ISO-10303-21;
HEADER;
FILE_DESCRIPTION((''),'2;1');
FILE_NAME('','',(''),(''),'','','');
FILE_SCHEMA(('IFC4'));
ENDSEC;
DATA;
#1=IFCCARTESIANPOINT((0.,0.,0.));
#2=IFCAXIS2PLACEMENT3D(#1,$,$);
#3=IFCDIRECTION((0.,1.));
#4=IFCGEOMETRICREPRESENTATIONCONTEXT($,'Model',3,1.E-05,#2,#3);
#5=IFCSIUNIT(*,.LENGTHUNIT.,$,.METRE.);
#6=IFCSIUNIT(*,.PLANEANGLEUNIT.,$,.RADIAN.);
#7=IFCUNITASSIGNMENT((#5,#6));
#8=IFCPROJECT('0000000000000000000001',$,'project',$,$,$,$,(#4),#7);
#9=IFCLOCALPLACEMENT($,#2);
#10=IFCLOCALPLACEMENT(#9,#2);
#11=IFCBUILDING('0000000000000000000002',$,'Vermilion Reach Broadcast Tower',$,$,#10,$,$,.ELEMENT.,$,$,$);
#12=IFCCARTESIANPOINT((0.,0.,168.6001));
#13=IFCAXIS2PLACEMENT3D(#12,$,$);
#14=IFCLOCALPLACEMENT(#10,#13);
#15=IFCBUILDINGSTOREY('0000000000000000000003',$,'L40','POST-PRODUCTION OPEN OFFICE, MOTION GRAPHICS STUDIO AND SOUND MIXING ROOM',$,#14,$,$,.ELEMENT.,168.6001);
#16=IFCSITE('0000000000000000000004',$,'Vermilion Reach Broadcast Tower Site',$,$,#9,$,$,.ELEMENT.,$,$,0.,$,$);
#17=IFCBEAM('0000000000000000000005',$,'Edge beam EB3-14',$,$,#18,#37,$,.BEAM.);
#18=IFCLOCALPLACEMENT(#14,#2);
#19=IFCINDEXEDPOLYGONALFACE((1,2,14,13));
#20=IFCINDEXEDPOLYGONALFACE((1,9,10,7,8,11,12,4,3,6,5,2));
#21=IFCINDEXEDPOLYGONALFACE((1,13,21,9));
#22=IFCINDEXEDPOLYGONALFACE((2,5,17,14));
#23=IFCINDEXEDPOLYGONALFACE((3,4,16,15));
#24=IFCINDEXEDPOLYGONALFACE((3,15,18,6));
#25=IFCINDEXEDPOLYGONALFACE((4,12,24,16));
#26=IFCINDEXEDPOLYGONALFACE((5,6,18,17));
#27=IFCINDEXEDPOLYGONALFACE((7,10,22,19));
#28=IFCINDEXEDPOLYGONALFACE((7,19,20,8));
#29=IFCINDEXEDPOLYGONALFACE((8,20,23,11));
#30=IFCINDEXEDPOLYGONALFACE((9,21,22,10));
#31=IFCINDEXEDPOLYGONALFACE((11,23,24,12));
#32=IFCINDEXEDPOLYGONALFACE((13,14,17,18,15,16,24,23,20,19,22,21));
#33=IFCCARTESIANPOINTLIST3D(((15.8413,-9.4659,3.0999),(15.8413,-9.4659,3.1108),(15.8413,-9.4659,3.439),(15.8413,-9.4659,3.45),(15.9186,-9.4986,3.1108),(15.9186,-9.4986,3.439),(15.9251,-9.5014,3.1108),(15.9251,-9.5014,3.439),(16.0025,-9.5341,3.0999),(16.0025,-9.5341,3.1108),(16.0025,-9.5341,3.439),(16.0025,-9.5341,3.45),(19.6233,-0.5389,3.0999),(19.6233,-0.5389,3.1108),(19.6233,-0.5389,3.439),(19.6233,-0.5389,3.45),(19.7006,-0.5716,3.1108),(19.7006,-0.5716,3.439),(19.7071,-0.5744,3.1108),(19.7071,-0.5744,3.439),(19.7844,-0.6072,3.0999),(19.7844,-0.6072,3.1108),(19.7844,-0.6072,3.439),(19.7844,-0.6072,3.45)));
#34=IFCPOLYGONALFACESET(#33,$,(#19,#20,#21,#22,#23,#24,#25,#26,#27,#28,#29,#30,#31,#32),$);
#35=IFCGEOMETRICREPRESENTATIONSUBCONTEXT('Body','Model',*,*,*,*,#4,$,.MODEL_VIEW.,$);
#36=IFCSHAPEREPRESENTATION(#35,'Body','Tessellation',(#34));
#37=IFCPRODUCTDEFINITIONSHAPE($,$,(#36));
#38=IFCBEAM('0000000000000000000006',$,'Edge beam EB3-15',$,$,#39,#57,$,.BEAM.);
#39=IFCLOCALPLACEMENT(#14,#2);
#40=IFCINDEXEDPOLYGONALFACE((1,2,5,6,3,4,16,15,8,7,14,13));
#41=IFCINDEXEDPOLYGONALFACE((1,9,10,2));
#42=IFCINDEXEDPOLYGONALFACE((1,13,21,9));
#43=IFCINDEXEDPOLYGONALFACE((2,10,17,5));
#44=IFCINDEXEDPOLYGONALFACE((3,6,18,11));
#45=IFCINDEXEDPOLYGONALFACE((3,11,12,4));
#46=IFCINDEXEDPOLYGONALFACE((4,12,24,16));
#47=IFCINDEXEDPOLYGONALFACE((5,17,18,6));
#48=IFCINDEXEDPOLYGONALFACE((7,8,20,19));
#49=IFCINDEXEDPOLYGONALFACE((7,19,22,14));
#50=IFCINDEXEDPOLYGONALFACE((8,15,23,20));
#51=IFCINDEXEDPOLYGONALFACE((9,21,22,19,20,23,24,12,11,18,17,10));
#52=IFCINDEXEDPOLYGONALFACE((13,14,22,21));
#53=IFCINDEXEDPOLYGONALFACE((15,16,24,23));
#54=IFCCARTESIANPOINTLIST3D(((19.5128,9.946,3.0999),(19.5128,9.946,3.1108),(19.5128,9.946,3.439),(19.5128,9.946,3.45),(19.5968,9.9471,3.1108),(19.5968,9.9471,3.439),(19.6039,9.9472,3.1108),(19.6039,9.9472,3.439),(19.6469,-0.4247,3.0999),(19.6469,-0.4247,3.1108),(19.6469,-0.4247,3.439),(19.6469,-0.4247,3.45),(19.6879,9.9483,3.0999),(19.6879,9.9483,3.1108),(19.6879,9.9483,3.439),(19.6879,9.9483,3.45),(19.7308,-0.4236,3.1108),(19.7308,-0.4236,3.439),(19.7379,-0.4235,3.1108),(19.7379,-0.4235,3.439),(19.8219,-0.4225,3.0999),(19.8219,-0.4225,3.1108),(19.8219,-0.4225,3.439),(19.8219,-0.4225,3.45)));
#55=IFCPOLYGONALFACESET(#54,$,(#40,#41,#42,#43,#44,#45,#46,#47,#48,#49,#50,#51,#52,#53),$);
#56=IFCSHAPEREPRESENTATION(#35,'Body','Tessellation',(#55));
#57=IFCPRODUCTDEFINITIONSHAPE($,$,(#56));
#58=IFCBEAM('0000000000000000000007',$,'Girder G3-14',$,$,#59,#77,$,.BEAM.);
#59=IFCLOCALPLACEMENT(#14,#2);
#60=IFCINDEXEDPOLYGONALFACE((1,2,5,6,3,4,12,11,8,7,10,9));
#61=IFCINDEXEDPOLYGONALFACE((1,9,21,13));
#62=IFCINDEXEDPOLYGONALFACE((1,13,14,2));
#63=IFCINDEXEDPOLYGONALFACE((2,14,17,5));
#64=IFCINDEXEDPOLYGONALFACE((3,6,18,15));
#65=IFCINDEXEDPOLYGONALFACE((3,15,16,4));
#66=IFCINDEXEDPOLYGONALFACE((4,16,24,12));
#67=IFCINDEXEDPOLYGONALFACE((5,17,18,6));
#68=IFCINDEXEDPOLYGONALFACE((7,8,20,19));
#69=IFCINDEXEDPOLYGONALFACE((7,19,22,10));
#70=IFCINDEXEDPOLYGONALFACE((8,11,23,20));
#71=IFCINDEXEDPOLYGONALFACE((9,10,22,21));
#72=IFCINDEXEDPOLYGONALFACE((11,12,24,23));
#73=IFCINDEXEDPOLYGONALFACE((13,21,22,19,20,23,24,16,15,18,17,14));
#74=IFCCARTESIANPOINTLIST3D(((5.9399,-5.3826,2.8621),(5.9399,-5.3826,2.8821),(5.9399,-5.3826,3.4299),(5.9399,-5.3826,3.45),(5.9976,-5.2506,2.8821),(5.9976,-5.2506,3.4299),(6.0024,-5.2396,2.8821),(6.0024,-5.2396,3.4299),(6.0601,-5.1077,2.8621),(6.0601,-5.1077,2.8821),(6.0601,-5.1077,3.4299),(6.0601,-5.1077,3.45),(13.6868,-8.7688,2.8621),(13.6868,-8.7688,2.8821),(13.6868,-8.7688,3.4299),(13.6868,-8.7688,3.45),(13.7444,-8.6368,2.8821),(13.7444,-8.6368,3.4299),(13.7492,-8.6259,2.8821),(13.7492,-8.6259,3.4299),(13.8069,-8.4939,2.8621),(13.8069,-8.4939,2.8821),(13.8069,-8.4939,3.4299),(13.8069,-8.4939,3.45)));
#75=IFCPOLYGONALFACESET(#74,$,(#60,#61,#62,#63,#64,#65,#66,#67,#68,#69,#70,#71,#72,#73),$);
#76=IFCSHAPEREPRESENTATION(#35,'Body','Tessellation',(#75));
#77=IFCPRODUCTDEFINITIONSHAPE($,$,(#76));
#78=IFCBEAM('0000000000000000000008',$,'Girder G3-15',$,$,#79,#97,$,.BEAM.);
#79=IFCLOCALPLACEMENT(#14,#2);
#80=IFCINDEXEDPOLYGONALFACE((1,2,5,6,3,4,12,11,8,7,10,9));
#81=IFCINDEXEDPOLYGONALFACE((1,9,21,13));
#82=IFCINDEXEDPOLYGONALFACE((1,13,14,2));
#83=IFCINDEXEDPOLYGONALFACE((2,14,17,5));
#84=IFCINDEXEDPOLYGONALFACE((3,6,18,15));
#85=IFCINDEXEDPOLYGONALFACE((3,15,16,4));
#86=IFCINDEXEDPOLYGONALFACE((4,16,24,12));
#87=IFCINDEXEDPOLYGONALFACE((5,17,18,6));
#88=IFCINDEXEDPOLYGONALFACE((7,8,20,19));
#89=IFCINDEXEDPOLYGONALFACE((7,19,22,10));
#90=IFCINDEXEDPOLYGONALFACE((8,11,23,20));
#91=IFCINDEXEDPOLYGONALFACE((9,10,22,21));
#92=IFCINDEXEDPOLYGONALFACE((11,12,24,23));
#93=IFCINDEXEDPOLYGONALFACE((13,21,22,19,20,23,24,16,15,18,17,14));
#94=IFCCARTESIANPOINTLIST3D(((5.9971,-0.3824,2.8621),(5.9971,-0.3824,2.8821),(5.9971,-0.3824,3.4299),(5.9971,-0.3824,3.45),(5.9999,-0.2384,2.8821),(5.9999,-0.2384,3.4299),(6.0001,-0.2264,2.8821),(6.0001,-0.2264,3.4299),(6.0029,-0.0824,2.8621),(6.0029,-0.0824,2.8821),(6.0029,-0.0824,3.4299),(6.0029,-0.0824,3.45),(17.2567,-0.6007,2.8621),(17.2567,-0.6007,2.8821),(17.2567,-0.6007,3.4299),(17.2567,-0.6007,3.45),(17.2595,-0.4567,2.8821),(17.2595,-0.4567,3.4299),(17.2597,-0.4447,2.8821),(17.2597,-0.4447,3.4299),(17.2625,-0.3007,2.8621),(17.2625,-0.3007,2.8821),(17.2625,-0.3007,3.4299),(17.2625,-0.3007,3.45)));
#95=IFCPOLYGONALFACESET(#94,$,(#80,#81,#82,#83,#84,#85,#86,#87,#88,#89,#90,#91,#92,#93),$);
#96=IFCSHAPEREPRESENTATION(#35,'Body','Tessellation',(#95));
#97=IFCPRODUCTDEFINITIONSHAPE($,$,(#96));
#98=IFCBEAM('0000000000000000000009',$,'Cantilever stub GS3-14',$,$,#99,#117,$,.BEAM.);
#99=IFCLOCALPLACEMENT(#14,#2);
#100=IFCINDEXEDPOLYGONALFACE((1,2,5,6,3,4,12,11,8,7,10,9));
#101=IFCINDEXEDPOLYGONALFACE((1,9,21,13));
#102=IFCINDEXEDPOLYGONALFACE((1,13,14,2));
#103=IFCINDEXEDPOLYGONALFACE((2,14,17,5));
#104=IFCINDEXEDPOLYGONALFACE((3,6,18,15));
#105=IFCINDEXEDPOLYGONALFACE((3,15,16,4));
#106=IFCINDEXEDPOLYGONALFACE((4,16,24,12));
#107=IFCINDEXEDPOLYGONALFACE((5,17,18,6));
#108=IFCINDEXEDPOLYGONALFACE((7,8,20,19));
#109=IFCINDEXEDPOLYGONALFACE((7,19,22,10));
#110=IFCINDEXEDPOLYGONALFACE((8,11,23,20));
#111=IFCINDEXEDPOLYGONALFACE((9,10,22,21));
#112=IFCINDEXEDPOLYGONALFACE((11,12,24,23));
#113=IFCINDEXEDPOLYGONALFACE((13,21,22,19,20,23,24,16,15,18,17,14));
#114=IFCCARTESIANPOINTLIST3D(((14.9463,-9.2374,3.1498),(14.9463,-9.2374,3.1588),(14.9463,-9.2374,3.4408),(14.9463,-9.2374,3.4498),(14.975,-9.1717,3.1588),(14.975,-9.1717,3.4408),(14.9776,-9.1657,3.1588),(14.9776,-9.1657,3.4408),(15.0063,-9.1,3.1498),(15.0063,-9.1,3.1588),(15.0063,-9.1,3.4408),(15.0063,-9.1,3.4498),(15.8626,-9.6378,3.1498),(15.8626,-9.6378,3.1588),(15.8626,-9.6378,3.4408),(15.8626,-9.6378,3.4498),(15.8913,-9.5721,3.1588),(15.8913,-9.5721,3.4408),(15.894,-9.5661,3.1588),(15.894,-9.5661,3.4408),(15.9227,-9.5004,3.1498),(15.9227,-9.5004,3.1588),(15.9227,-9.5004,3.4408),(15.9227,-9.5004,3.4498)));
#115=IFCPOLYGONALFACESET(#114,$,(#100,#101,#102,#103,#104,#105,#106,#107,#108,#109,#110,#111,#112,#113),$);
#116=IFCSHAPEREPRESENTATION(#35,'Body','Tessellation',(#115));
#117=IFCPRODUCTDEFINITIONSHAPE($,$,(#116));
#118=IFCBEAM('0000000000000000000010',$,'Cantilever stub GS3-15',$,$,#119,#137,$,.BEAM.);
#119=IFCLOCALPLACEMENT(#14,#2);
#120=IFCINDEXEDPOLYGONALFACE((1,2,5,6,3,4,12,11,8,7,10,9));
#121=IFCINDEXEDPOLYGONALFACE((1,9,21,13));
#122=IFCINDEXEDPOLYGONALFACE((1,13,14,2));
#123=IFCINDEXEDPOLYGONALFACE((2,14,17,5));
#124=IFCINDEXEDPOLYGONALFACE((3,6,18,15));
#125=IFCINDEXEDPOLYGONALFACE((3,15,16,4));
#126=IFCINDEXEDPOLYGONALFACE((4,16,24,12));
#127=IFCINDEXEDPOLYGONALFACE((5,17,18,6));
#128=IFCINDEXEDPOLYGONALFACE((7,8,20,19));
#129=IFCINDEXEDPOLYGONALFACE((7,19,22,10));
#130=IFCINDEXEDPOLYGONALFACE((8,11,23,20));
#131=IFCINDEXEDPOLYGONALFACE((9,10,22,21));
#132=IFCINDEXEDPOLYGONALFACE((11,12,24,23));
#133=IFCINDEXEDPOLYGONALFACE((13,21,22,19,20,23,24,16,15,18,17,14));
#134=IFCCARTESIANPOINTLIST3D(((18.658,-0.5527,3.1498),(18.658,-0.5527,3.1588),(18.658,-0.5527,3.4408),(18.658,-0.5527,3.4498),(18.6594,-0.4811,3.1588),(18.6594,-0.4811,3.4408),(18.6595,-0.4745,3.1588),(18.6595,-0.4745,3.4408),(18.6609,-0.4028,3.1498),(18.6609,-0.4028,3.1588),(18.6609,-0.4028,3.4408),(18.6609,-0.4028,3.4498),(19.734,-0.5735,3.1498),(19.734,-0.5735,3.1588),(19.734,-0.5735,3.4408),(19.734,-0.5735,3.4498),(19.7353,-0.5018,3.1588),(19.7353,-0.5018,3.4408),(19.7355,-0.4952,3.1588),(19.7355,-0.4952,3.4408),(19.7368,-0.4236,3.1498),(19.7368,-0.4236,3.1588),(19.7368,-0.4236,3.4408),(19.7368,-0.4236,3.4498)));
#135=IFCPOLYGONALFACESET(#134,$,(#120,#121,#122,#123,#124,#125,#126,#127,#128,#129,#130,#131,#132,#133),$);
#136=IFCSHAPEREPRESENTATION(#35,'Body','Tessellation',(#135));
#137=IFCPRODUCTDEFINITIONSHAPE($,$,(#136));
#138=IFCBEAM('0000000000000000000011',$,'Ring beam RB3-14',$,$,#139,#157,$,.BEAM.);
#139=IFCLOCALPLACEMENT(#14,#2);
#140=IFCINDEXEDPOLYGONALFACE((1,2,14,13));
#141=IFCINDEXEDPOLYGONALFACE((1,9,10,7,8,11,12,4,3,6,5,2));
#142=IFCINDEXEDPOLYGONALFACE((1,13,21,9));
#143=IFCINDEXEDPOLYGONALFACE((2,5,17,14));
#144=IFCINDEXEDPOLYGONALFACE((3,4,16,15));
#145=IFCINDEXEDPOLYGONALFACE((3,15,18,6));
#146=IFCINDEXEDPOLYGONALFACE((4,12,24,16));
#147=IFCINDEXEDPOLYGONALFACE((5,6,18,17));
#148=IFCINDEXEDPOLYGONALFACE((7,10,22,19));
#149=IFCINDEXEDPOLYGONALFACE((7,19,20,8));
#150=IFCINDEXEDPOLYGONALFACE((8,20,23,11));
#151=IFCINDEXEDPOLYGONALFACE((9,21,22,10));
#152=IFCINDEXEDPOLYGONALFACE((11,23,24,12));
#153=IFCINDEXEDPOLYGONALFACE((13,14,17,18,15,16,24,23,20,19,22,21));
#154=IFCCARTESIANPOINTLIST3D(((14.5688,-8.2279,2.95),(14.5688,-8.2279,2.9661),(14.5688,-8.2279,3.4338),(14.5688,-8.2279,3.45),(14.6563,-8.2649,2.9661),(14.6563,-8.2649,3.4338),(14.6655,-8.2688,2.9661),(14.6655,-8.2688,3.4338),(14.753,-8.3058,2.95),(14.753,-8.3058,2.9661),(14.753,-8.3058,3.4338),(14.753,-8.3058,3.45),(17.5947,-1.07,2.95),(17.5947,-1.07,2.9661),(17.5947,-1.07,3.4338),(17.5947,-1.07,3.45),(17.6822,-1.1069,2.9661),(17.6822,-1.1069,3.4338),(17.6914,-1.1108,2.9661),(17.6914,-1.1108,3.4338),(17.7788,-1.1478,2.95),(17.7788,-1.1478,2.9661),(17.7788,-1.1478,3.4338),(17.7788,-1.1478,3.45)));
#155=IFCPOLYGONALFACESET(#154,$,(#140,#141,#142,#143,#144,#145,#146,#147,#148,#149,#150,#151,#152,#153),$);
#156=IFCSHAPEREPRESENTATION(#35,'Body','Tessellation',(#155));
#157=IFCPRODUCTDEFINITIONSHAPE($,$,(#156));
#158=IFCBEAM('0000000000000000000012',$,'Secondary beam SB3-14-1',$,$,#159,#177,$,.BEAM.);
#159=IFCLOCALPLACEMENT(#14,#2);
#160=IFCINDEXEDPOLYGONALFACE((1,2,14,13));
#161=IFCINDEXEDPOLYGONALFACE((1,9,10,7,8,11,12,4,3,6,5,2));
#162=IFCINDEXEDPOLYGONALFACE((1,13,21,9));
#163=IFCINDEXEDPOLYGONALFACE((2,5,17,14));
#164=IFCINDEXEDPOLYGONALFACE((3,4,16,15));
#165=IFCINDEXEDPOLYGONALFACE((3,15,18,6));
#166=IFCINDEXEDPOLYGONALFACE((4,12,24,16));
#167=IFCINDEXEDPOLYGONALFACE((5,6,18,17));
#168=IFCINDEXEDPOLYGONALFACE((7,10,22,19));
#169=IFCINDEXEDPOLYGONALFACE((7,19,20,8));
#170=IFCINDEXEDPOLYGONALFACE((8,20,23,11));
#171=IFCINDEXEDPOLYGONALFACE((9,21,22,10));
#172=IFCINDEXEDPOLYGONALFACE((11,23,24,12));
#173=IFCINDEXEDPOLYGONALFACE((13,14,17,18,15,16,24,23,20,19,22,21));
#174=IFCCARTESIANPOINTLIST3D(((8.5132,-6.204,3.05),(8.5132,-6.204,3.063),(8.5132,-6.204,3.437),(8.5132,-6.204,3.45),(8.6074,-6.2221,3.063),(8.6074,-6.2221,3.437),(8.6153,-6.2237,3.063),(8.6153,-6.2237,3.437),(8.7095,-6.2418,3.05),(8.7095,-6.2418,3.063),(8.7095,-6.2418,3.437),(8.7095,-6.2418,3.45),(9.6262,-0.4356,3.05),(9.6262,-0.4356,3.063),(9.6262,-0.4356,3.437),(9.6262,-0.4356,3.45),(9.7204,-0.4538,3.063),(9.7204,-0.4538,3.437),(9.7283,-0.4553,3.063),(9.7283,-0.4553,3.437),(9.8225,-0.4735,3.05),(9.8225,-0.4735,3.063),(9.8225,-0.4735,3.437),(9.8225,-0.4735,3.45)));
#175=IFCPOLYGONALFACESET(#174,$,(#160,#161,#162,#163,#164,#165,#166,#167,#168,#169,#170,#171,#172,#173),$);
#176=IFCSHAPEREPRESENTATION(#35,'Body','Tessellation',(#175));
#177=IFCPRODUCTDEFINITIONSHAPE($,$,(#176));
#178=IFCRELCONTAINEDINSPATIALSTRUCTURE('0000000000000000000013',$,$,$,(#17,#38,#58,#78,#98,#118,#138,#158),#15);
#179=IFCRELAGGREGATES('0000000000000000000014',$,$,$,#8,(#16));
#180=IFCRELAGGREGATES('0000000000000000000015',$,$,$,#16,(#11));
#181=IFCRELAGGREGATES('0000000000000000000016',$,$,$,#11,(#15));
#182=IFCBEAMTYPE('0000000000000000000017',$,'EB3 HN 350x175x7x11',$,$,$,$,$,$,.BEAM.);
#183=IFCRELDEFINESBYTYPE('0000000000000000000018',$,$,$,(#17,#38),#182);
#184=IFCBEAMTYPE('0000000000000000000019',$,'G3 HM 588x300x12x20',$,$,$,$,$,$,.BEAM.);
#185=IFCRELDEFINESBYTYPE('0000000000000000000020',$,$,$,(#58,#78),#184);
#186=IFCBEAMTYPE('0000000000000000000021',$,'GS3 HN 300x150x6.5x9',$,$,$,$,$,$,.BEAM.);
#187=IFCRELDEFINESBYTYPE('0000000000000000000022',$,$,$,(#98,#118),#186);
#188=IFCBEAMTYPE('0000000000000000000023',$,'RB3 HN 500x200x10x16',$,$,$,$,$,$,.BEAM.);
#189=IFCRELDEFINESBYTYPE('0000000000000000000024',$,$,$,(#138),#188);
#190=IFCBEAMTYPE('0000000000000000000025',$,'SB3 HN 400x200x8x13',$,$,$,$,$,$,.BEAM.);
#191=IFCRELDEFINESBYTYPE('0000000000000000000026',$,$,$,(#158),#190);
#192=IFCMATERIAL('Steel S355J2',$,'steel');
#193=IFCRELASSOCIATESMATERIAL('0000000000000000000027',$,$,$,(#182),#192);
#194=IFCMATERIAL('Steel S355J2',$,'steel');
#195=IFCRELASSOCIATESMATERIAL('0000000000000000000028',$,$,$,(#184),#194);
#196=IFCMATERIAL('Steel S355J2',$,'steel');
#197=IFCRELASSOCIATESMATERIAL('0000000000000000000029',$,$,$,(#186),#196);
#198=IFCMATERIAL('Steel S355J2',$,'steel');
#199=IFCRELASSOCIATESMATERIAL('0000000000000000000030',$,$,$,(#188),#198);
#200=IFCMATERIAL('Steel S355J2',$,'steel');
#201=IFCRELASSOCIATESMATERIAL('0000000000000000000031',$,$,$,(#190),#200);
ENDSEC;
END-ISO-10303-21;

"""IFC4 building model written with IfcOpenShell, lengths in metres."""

from ifc_helpers import new_model, si_unit, direction, frame, origin, origin_2d, place, context, subcontext, project, spatial, i_section, extrude, material, material_profile, profile_set, type_object, element, save


model = new_model("IFC4")

# Units and contexts
model_context = context("Model", 3, precision=1e-05, world=origin(), true_north=direction((0.0, 1.0)))
body_context = subcontext(model_context, "Body", "Model", "MODEL_VIEW")
ifc_project = project(units=[si_unit("LENGTHUNIT", "METRE"), si_unit("PLANEANGLEUNIT", "RADIAN")], contexts=[model_context])

# Site, building, storey
site_placement = place(None, origin())
site = spatial("IfcSite", under=ifc_project, at=site_placement, Name="Vermilion Reach Broadcast Tower Site", CompositionType="ELEMENT", RefElevation=0.0)
building_placement = place(site_placement, origin())
building = spatial("IfcBuilding", under=site, at=building_placement, Name="Vermilion Reach Broadcast Tower", CompositionType="ELEMENT")
storey_placement = place(building_placement, frame((0.0, 0.0, 168.6001)))
storey = spatial("IfcBuildingStorey", under=building, at=storey_placement, Name="L40", Description="POST-PRODUCTION OPEN OFFICE, MOTION GRAPHICS STUDIO AND SOUND MIXING ROOM", CompositionType="ELEMENT", Elevation=168.6001)

# Beams
ifc_material_1 = material(Name="Steel S355J2", Category="steel")
ifc_material_profile_1 = material_profile(ifc_material_1, i_section(OverallWidth=0.175, OverallDepth=0.3501, WebThickness=0.0071, FlangeThickness=0.011, at=origin_2d()), Name="S355J2 HN 350x175x7x11")
ifc_profile_set_1 = profile_set([ifc_material_profile_1], Name="Steel S355J2")
beam_type_1 = type_object("IfcBeamType", Name="EB3 HN 350x175x7x11", PredefinedType="BEAM", material=ifc_profile_set_1)
beam_1_placement = place(storey_placement, frame((15.9219, -9.5, 3.2749), z_axis=(0.390093, 0.920776, 0.0), x_axis=(-0.920776, 0.390093, 0.0)))
element("IfcBeam", 1, at=beam_1_placement, inside=storey, type_object=beam_type_1, Name="Edge beam EB3-14", PredefinedType="BEAM", context=body_context, shape_type="SweptSolid", body=[
    extrude(i_section(OverallWidth=0.175, OverallDepth=0.3501, WebThickness=0.0071, FlangeThickness=0.011, at=origin_2d()), origin(), (0.0, 0.0, 1.0), 9.6951),
])
beam_2_placement = place(storey_placement, frame((19.7344, -0.4236, 3.2749), z_axis=(-0.012923, 0.999916, 0.0), x_axis=(-0.999916, -0.012923, 0.0)))
element("IfcBeam", 2, at=beam_2_placement, inside=storey, type_object=beam_type_1, Name="Edge beam EB3-15", PredefinedType="BEAM", context=body_context, shape_type="SweptSolid", body=[
    extrude(i_section(OverallWidth=0.175, OverallDepth=0.3501, WebThickness=0.0071, FlangeThickness=0.011, at=origin_2d()), origin(), (0.0, 0.0, 1.0), 10.3716),
])
ifc_material_2 = material(Name="Steel S355J2", Category="steel")
ifc_material_profile_2 = material_profile(ifc_material_2, i_section(OverallWidth=0.3, OverallDepth=0.5879, WebThickness=0.012, FlangeThickness=0.02, at=origin_2d()), Name="S355J2 HM 588x300x12x20")
ifc_profile_set_2 = profile_set([ifc_material_profile_2], Name="Steel S355J2")
beam_type_2 = type_object("IfcBeamType", Name="G3 HM 588x300x12x20", PredefinedType="BEAM", material=ifc_profile_set_2)
beam_3_placement = place(storey_placement, frame((6.0, -5.2451, 3.156), z_axis=(0.916288, -0.40052, 0.0), x_axis=(0.40052, 0.916288, 0.0)))
element("IfcBeam", 3, at=beam_3_placement, inside=storey, type_object=beam_type_2, Name="Girder G3-14", PredefinedType="BEAM", context=body_context, shape_type="SweptSolid", body=[
    extrude(i_section(OverallWidth=0.3, OverallDepth=0.5879, WebThickness=0.012, FlangeThickness=0.02, at=origin_2d()), origin(), (0.0, 0.0, 1.0), 8.4546),
])
beam_4_placement = place(storey_placement, frame((6.0, -0.2324, 3.156), z_axis=(0.999812, -0.019381, 0.0), x_axis=(0.019381, 0.999812, 0.0)))
element("IfcBeam", 4, at=beam_4_placement, inside=storey, type_object=beam_type_2, Name="Girder G3-15", PredefinedType="BEAM", context=body_context, shape_type="SweptSolid", body=[
    extrude(i_section(OverallWidth=0.3, OverallDepth=0.5879, WebThickness=0.012, FlangeThickness=0.02, at=origin_2d()), origin(), (0.0, 0.0, 1.0), 11.2617),
])
ifc_material_3 = material(Name="Steel S355J2", Category="steel")
ifc_material_profile_3 = material_profile(ifc_material_3, i_section(OverallWidth=0.1499, OverallDepth=0.3, WebThickness=0.0066, FlangeThickness=0.009, at=origin_2d()), Name="S355J2 HN 300x150x6.5x9")
ifc_profile_set_3 = profile_set([ifc_material_profile_3], Name="Steel S355J2")
beam_type_3 = type_object("IfcBeamType", Name="GS3 HN 300x150x6.5x9", PredefinedType="BEAM", material=ifc_profile_set_3)
beam_5_placement = place(storey_placement, frame((14.9763, -9.1687, 3.2998), z_axis=(0.916331, -0.400422, 0.0), x_axis=(0.400422, 0.916331, 0.0)))
element("IfcBeam", 5, at=beam_5_placement, inside=storey, type_object=beam_type_3, Name="Cantilever stub GS3-14", PredefinedType="BEAM", context=body_context, shape_type="SweptSolid", body=[
    extrude(i_section(OverallWidth=0.1499, OverallDepth=0.3, WebThickness=0.0066, FlangeThickness=0.009, at=origin_2d()), origin(), (0.0, 0.0, 1.0), 1.0),
])
beam_6_placement = place(storey_placement, frame((18.6594, -0.4778, 3.2998), z_axis=(0.999814, -0.019284, 0.0), x_axis=(0.019284, 0.999814, 0.0)))
element("IfcBeam", 6, at=beam_6_placement, inside=storey, type_object=beam_type_3, Name="Cantilever stub GS3-15", PredefinedType="BEAM", context=body_context, shape_type="SweptSolid", body=[
    extrude(i_section(OverallWidth=0.1499, OverallDepth=0.3, WebThickness=0.0066, FlangeThickness=0.009, at=origin_2d()), origin(), (0.0, 0.0, 1.0), 1.0762),
])
ifc_material_4 = material(Name="Steel S355J2", Category="steel")
ifc_material_profile_4 = material_profile(ifc_material_4, i_section(OverallWidth=0.2, OverallDepth=0.5, WebThickness=0.01, FlangeThickness=0.0161, at=origin_2d()), Name="S355J2 HN 500x200x10x16")
ifc_profile_set_4 = profile_set([ifc_material_profile_4], Name="Steel S355J2")
beam_type_4 = type_object("IfcBeamType", Name="RB3 HN 500x200x10x16", PredefinedType="BEAM", material=ifc_profile_set_4)
beam_7_placement = place(storey_placement, frame((14.6609, -8.2668, 3.2), z_axis=(0.389368, 0.921082, 0.0), x_axis=(-0.921082, 0.389368, 0.0)))
element("IfcBeam", 7, at=beam_7_placement, inside=storey, type_object=beam_type_4, Name="Ring beam RB3-14", PredefinedType="BEAM", context=body_context, shape_type="SweptSolid", body=[
    extrude(i_section(OverallWidth=0.2, OverallDepth=0.5, WebThickness=0.01, FlangeThickness=0.0161, at=origin_2d()), origin(), (0.0, 0.0, 1.0), 7.7712),
])
ifc_material_5 = material(Name="Steel S355J2", Category="steel")
ifc_material_profile_5 = material_profile(ifc_material_5, i_section(OverallWidth=0.2, OverallDepth=0.3999, WebThickness=0.0081, FlangeThickness=0.0129, at=origin_2d()), Name="S355J2 HN 400x200x8x13")
ifc_profile_set_5 = profile_set([ifc_material_profile_5], Name="Steel S355J2")
beam_type_5 = type_object("IfcBeamType", Name="SB3 HN 400x200x8x13", PredefinedType="BEAM", material=ifc_profile_set_5)
beam_8_placement = place(storey_placement, frame((8.6113, -6.2229, 3.25), z_axis=(0.189462, 0.981888, 0.0), x_axis=(-0.981888, 0.189462, 0.0)))
element("IfcBeam", 8, at=beam_8_placement, inside=storey, type_object=beam_type_5, Name="Secondary beam SB3-14-1", PredefinedType="BEAM", context=body_context, shape_type="SweptSolid", body=[
    extrude(i_section(OverallWidth=0.2, OverallDepth=0.3999, WebThickness=0.0081, FlangeThickness=0.0129, at=origin_2d()), origin(), (0.0, 0.0, 1.0), 5.8748),
])

save(model, "model.ifc")
